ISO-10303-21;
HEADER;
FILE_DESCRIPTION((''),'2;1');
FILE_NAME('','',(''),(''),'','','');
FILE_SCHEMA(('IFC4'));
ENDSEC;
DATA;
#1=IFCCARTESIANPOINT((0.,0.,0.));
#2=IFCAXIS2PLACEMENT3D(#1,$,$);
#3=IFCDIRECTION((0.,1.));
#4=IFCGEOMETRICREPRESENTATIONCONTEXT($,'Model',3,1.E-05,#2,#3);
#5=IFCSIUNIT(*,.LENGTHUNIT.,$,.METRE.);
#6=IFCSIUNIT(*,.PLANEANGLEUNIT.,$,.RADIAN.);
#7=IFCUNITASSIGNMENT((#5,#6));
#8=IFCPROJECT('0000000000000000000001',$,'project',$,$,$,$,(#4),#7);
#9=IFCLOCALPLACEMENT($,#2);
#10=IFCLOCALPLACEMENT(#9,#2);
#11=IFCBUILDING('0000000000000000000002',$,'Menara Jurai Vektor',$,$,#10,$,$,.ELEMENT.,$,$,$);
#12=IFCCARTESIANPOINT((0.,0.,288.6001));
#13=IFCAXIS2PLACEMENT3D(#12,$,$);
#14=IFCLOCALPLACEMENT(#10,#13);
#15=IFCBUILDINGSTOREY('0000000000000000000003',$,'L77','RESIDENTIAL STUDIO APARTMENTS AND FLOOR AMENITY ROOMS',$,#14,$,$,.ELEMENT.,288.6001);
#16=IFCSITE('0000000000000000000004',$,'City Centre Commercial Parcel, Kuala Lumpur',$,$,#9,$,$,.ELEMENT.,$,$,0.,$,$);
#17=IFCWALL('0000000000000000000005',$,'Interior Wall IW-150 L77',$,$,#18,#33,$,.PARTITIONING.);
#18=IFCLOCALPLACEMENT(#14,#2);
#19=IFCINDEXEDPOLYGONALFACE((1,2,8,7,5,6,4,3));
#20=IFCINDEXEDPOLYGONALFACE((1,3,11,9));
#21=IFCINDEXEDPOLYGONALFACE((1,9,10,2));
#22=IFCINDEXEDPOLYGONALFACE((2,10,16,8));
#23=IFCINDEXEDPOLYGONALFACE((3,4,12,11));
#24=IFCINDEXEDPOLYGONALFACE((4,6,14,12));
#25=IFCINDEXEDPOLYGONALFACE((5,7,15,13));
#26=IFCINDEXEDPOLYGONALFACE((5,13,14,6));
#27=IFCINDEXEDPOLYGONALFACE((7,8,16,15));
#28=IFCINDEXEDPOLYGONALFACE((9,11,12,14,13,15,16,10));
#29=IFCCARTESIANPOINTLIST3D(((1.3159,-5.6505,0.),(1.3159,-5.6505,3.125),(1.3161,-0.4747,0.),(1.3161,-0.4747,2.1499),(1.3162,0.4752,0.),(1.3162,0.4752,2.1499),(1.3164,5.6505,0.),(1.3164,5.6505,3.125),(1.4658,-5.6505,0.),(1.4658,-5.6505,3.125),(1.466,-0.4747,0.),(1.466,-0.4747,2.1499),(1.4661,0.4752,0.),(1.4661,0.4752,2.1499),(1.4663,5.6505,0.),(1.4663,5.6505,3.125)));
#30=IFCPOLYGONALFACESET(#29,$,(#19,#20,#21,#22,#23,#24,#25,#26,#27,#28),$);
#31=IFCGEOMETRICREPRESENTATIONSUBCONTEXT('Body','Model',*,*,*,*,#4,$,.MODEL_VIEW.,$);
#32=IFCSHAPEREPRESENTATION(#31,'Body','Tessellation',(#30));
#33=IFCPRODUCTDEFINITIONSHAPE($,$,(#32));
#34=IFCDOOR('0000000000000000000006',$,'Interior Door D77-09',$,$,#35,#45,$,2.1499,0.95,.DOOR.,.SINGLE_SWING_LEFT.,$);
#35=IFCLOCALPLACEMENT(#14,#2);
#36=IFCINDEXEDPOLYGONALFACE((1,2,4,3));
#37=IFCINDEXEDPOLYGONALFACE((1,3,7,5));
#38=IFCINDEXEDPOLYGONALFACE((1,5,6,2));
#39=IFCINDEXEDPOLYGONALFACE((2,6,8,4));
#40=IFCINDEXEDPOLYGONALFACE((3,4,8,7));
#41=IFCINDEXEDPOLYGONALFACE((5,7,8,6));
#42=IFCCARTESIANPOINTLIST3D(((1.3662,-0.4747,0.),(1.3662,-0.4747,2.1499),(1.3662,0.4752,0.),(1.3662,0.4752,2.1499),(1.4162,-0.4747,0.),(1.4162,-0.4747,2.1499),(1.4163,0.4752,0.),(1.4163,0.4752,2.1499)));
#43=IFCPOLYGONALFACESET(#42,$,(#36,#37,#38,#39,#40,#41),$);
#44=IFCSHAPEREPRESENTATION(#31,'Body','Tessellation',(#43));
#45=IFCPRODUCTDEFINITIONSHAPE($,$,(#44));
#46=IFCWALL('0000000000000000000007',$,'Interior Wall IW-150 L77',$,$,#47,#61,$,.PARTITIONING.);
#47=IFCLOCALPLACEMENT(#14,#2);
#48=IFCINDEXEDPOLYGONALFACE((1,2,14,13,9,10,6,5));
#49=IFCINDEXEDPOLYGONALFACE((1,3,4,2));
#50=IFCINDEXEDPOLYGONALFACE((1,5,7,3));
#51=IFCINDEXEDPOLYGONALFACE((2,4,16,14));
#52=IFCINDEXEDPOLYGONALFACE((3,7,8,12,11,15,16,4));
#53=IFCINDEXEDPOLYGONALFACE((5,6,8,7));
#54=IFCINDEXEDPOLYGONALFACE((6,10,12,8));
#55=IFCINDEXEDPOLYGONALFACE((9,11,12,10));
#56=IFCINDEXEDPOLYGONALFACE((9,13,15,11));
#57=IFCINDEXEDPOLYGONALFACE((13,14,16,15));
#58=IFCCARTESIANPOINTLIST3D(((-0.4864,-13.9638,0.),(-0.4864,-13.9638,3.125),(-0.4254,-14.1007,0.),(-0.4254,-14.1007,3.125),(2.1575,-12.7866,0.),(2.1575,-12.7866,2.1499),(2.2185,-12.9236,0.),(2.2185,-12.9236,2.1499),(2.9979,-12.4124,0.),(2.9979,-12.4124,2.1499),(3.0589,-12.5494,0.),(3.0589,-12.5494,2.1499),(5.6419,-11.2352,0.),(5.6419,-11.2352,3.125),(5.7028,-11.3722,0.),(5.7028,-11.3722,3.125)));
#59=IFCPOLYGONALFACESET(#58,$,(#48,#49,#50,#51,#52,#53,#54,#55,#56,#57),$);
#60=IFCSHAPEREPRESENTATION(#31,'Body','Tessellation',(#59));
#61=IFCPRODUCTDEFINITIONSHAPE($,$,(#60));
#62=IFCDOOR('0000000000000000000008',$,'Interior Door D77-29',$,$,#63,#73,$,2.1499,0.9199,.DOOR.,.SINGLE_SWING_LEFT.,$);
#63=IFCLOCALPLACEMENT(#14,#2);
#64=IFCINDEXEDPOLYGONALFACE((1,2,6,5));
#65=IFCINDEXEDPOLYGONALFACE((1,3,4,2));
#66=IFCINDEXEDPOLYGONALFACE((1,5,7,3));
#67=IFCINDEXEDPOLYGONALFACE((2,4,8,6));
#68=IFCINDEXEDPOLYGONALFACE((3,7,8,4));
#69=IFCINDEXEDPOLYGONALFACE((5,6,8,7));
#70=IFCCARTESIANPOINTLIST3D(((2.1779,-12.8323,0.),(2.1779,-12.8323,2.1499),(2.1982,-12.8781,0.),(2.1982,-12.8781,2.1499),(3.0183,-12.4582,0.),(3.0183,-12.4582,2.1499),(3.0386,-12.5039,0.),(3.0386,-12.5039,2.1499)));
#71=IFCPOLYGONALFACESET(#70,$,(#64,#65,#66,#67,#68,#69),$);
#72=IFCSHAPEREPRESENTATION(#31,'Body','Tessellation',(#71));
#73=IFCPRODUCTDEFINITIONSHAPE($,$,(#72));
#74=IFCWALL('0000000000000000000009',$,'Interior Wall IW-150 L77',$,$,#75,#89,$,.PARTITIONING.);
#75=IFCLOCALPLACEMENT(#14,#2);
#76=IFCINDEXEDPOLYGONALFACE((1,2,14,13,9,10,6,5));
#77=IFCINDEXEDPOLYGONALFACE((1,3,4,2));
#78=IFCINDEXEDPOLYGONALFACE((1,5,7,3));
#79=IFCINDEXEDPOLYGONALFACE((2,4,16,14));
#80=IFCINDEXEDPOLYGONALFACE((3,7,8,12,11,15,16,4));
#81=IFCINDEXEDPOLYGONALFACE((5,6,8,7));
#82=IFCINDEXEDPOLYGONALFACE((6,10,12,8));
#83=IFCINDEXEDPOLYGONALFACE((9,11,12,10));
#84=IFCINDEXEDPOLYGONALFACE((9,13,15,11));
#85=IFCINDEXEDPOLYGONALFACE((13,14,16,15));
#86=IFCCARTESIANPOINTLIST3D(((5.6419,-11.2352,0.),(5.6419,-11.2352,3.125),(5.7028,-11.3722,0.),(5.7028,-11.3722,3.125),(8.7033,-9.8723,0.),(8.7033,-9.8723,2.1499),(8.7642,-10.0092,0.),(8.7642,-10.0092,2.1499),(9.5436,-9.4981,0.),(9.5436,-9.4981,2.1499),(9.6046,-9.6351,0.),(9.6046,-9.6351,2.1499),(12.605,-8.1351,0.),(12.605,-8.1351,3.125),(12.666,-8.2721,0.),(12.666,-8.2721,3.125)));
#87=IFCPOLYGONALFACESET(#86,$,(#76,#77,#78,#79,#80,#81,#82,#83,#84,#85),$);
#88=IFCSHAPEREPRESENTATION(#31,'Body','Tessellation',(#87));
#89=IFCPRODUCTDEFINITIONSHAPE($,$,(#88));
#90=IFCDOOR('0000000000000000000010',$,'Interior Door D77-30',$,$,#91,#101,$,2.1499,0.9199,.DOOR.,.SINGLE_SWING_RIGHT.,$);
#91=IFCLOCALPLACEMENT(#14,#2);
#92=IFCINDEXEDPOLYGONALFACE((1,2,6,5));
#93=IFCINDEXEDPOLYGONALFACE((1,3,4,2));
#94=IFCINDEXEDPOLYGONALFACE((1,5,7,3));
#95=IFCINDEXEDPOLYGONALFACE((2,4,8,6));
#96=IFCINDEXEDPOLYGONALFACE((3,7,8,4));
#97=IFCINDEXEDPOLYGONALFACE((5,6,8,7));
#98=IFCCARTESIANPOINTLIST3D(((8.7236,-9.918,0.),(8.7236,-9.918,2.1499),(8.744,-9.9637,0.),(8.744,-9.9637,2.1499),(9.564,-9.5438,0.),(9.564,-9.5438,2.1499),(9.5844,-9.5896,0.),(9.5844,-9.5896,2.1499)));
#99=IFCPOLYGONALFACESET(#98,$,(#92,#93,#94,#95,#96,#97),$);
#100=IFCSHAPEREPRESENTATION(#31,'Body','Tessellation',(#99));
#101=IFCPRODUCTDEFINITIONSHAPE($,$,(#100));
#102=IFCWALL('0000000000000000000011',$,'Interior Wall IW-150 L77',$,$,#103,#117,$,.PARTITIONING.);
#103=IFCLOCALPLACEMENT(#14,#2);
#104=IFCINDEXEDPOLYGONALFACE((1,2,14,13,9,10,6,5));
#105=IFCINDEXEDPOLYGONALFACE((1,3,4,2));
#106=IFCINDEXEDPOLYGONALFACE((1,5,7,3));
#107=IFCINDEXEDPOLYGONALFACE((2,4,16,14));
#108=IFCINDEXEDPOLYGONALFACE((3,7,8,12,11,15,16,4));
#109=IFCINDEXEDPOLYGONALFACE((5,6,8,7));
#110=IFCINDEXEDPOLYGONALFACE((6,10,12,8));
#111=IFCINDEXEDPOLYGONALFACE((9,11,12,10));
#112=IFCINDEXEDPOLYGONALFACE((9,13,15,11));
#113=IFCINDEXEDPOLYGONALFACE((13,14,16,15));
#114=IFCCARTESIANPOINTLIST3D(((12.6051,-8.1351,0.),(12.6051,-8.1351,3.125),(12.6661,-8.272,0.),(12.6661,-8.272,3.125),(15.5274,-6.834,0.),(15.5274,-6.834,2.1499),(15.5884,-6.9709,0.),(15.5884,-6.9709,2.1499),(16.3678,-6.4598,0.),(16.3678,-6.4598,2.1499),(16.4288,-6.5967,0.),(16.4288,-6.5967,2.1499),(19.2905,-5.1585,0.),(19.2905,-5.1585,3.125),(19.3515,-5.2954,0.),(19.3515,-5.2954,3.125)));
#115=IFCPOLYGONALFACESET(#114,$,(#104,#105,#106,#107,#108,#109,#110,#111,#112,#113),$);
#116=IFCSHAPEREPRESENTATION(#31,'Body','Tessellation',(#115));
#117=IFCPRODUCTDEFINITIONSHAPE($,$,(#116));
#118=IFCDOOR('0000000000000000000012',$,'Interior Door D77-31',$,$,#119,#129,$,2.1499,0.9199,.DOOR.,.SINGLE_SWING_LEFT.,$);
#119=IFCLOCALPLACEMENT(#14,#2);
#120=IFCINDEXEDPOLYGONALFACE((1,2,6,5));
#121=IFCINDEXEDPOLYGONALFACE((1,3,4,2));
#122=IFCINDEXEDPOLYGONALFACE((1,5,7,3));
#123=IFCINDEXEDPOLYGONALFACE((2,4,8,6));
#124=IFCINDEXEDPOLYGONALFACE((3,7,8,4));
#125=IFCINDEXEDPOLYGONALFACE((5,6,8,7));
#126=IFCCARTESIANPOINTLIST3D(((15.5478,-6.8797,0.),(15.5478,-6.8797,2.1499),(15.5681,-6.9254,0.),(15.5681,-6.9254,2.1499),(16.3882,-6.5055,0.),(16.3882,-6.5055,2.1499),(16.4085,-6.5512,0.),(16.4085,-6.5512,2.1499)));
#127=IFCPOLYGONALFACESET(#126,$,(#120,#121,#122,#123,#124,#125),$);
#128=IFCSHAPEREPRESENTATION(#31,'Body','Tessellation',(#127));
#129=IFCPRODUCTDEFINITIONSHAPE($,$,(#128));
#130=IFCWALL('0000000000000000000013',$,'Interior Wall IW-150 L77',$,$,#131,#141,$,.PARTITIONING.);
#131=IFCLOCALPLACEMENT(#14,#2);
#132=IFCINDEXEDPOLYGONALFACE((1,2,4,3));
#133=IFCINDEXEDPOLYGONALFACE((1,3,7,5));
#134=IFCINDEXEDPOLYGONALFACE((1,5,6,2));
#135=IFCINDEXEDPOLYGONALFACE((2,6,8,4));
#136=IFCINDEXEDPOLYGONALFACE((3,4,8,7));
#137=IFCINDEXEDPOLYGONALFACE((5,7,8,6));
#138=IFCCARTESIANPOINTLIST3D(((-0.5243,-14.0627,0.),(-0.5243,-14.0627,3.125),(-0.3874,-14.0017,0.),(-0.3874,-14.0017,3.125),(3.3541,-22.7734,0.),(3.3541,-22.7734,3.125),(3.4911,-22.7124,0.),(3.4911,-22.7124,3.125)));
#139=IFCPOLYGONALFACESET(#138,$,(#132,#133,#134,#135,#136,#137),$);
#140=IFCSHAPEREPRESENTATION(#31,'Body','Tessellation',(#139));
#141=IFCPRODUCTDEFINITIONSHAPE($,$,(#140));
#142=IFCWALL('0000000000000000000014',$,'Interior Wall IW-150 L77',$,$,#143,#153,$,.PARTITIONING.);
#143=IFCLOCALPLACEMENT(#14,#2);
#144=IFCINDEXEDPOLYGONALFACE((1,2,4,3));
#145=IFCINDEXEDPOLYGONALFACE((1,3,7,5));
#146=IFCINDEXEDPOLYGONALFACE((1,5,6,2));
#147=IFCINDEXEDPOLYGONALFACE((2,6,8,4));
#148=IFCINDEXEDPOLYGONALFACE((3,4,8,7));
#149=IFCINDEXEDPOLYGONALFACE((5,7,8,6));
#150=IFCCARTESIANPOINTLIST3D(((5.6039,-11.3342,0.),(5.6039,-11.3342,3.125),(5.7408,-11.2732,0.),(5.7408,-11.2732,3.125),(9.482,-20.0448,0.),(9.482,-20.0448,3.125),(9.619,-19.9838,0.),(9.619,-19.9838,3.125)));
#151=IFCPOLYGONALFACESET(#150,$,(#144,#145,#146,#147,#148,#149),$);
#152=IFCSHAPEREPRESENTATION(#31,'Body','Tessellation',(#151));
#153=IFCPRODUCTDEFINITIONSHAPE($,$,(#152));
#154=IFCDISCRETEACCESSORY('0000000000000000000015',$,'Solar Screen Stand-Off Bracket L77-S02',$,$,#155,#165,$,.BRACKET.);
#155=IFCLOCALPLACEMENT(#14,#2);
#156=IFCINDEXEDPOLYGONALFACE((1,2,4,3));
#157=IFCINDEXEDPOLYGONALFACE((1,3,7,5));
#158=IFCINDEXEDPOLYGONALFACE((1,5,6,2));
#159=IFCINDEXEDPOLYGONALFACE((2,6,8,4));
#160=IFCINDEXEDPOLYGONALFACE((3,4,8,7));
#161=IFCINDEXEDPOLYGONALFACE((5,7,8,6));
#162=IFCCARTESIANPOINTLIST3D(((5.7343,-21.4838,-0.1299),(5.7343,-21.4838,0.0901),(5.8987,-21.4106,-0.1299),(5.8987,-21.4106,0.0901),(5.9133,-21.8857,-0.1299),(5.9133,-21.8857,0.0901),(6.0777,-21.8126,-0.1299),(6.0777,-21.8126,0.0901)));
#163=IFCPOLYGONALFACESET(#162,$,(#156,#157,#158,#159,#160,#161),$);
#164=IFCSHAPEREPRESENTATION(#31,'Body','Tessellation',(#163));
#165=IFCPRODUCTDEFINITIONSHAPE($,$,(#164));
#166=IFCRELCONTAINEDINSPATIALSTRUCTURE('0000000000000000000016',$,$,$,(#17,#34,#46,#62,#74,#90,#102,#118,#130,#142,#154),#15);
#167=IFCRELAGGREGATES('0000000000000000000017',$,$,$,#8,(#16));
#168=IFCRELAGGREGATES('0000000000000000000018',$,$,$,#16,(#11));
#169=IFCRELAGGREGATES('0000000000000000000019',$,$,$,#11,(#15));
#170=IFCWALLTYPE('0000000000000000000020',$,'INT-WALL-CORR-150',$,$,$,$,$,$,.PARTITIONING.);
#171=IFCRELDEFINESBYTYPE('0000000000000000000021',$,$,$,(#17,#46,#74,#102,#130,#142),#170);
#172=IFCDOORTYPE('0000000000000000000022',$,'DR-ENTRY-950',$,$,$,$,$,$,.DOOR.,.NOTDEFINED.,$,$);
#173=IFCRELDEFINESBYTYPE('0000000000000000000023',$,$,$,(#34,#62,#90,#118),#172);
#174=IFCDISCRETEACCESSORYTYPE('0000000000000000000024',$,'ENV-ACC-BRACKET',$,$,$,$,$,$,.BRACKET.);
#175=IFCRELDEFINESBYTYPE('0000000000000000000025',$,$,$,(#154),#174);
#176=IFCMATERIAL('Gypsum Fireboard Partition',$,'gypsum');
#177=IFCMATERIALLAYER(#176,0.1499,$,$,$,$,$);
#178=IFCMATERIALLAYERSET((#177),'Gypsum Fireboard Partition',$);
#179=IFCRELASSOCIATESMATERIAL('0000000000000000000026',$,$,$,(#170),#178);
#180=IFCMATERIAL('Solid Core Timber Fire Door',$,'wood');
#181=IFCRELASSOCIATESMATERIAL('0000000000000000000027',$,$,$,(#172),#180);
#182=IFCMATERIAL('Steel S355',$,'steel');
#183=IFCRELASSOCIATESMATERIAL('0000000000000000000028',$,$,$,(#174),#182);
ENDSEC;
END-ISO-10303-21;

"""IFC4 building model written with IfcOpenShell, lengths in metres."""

from ifc_helpers import new_model, si_unit, direction, frame, frame_2d, origin, origin_2d, place, context, subcontext, project, spatial, rectangle, extrude, material, layer, layer_set, type_object, element, fill, save


model = new_model("IFC4")

# Units and contexts
model_context = context("Model", 3, precision=1e-05, world=origin(), true_north=direction((0.0, 1.0)))
body_context = subcontext(model_context, "Body", "Model", "MODEL_VIEW")
ifc_project = project(units=[si_unit("LENGTHUNIT", "METRE"), si_unit("PLANEANGLEUNIT", "RADIAN")], contexts=[model_context])

# Site, building, storey
site_placement = place(None, origin())
site = spatial("IfcSite", under=ifc_project, at=site_placement, Name="City Centre Commercial Parcel, Kuala Lumpur", CompositionType="ELEMENT", RefElevation=0.0)
building_placement = place(site_placement, origin())
building = spatial("IfcBuilding", under=site, at=building_placement, Name="Menara Jurai Vektor", CompositionType="ELEMENT")
storey_placement = place(building_placement, frame((0.0, 0.0, 288.6001)))
storey = spatial("IfcBuildingStorey", under=building, at=storey_placement, Name="L77", Description="RESIDENTIAL STUDIO APARTMENTS AND FLOOR AMENITY ROOMS", CompositionType="ELEMENT", Elevation=288.6001)

# Shared definitions
ifc_material_1 = material(Name="Steel S355", Category="steel")

# Walls, openings, doors
ifc_material_2 = material(Name="Gypsum Fireboard Partition", Category="gypsum")
ifc_layer_1 = layer(ifc_material_2, 0.1499)
ifc_layer_set_1 = layer_set([ifc_layer_1], Name="Gypsum Fireboard Partition")
wall_type = type_object("IfcWallType", Name="INT-WALL-CORR-150", PredefinedType="PARTITIONING", material=ifc_layer_set_1)
wall_1_placement = place(storey_placement, frame((1.3909, -5.6504, 0.0), z_axis=(0.0, 0.0, 1.0), x_axis=(0.000043, 1.0, 0.0)))
wall_1 = element("IfcWall", 1, at=wall_1_placement, inside=storey, type_object=wall_type, Name="Interior Wall IW-150 L77", PredefinedType="PARTITIONING", context=body_context, shape_type="SweptSolid", body=[
    extrude(rectangle(XDim=11.301, YDim=0.1499, at=frame_2d((5.6504, 0.0))), origin(), (0.0, 0.0, 1.0), 3.125),
])
opening_1_placement = place(wall_1_placement, frame((5.1755, 0.0, 0.0)))
opening_1 = element("IfcOpeningElement", 2, at=opening_1_placement, cuts=wall_1, PredefinedType="OPENING", context=body_context, shape_type="SweptSolid", body=[
    extrude(rectangle(XDim=0.95, YDim=2.1499, at=frame_2d((0.4751, 1.075))), frame((0.0, 0.085, 0.0), z_axis=(0.0, -1.0, 0.0), x_axis=(1.0, 0.0, 0.0)), (0.0, 0.0, 1.0), 0.1699),
])
ifc_material_3 = material(Name="Solid Core Timber Fire Door", Category="wood")
door_type = type_object("IfcDoorType", Name="DR-ENTRY-950", OperationType="NOTDEFINED", PredefinedType="DOOR", material=ifc_material_3)
door_1_placement = place(opening_1_placement, origin())
door_1 = element("IfcDoor", 3, at=door_1_placement, inside=storey, type_object=door_type, Name="Interior Door D77-09", OperationType="SINGLE_SWING_LEFT", OverallHeight=2.1499, OverallWidth=0.95, PredefinedType="DOOR", context=body_context, shape_type="SweptSolid", body=[
    extrude(rectangle(XDim=0.95, YDim=2.1499, at=frame_2d((0.4751, 1.075))), frame((0.0, 0.0249, 0.0), z_axis=(0.0, -1.0, 0.0), x_axis=(1.0, 0.0, 0.0)), (0.0, 0.0, 1.0), 0.05),
])
fill(opening_1, door_1)
wall_2_placement = place(storey_placement, frame((-0.4558, -14.0322, 0.0), z_axis=(0.0, 0.0, 1.0), x_axis=(0.913541, 0.406746, 0.0)))
wall_2 = element("IfcWall", 4, at=wall_2_placement, inside=storey, type_object=wall_type, Name="Interior Wall IW-150 L77", PredefinedType="PARTITIONING", context=body_context, shape_type="SweptSolid", body=[
    extrude(rectangle(XDim=6.7083, YDim=0.1499, at=frame_2d((3.354, 0.0))), origin(), (0.0, 0.0, 1.0), 3.125),
])
opening_2_placement = place(wall_2_placement, frame((2.894, 0.0, 0.0)))
opening_2 = element("IfcOpeningElement", 5, at=opening_2_placement, cuts=wall_2, PredefinedType="OPENING", context=body_context, shape_type="SweptSolid", body=[
    extrude(rectangle(XDim=0.9199, YDim=2.1499, at=frame_2d((0.46, 1.075))), frame((0.0, 0.085, 0.0), z_axis=(0.0, -1.0, 0.0), x_axis=(1.0, 0.0, 0.0)), (0.0, 0.0, 1.0), 0.1699),
])
door_2_placement = place(opening_2_placement, origin())
door_2 = element("IfcDoor", 6, at=door_2_placement, inside=storey, type_object=door_type, Name="Interior Door D77-29", OperationType="SINGLE_SWING_LEFT", OverallHeight=2.1499, OverallWidth=0.9199, PredefinedType="DOOR", context=body_context, shape_type="SweptSolid", body=[
    extrude(rectangle(XDim=0.9199, YDim=2.1499, at=frame_2d((0.46, 1.075))), frame((0.0, 0.0249, 0.0), z_axis=(0.0, -1.0, 0.0), x_axis=(1.0, 0.0, 0.0)), (0.0, 0.0, 1.0), 0.05),
])
fill(opening_2, door_2)
wall_3_placement = place(storey_placement, frame((5.6724, -11.3037, 0.0), z_axis=(0.0, 0.0, 1.0), x_axis=(0.91355, 0.406727, 0.0)))
wall_3 = element("IfcWall", 7, at=wall_3_placement, inside=storey, type_object=wall_type, Name="Interior Wall IW-150 L77", PredefinedType="PARTITIONING", context=body_context, shape_type="SweptSolid", body=[
    extrude(rectangle(XDim=7.6221, YDim=0.1499, at=frame_2d((3.811, 0.0))), origin(), (0.0, 0.0, 1.0), 3.125),
])
opening_3_placement = place(wall_3_placement, frame((3.3511, 0.0, 0.0)))
opening_3 = element("IfcOpeningElement", 8, at=opening_3_placement, cuts=wall_3, PredefinedType="OPENING", context=body_context, shape_type="SweptSolid", body=[
    extrude(rectangle(XDim=0.9199, YDim=2.1499, at=frame_2d((0.46, 1.075))), frame((0.0, 0.085, 0.0), z_axis=(0.0, -1.0, 0.0), x_axis=(1.0, 0.0, 0.0)), (0.0, 0.0, 1.0), 0.1699),
])
door_3_placement = place(opening_3_placement, origin())
door_3 = element("IfcDoor", 9, at=door_3_placement, inside=storey, type_object=door_type, Name="Interior Door D77-30", OperationType="SINGLE_SWING_RIGHT", OverallHeight=2.1499, OverallWidth=0.9199, PredefinedType="DOOR", context=body_context, shape_type="SweptSolid", body=[
    extrude(rectangle(XDim=0.9199, YDim=2.1499, at=frame_2d((0.46, 1.075))), frame((0.0, 0.0249, 0.0), z_axis=(0.0, -1.0, 0.0), x_axis=(1.0, 0.0, 0.0)), (0.0, 0.0, 1.0), 0.05),
])
fill(opening_3, door_3)
wall_4_placement = place(storey_placement, frame((12.6355, -8.2036, 0.0), z_axis=(0.0, 0.0, 1.0), x_axis=(0.913542, 0.406745, 0.0)))
wall_4 = element("IfcWall", 10, at=wall_4_placement, inside=storey, type_object=wall_type, Name="Interior Wall IW-150 L77", PredefinedType="PARTITIONING", context=body_context, shape_type="SweptSolid", body=[
    extrude(rectangle(XDim=7.3181, YDim=0.1499, at=frame_2d((3.6592, 0.0))), origin(), (0.0, 0.0, 1.0), 3.125),
])
opening_4_placement = place(wall_4_placement, frame((3.199, 0.0, 0.0)))
opening_4 = element("IfcOpeningElement", 11, at=opening_4_placement, cuts=wall_4, PredefinedType="OPENING", context=body_context, shape_type="SweptSolid", body=[
    extrude(rectangle(XDim=0.9199, YDim=2.1499, at=frame_2d((0.46, 1.075))), frame((0.0, 0.085, 0.0), z_axis=(0.0, -1.0, 0.0), x_axis=(1.0, 0.0, 0.0)), (0.0, 0.0, 1.0), 0.1699),
])
door_4_placement = place(opening_4_placement, origin())
door_4 = element("IfcDoor", 12, at=door_4_placement, inside=storey, type_object=door_type, Name="Interior Door D77-31", OperationType="SINGLE_SWING_LEFT", OverallHeight=2.1499, OverallWidth=0.9199, PredefinedType="DOOR", context=body_context, shape_type="SweptSolid", body=[
    extrude(rectangle(XDim=0.9199, YDim=2.1499, at=frame_2d((0.46, 1.075))), frame((0.0, 0.0249, 0.0), z_axis=(0.0, -1.0, 0.0), x_axis=(1.0, 0.0, 0.0)), (0.0, 0.0, 1.0), 0.05),
])
fill(opening_4, door_4)

# Walls
wall_5_placement = place(storey_placement, frame((3.4226, -22.7429, 0.0), z_axis=(0.0, 0.0, 1.0), x_axis=(-0.406751, 0.913539, 0.0)))
element("IfcWall", 13, at=wall_5_placement, inside=storey, type_object=wall_type, Name="Interior Wall IW-150 L77", PredefinedType="PARTITIONING", context=body_context, shape_type="SweptSolid", body=[
    extrude(rectangle(XDim=9.5352, YDim=0.1499, at=frame_2d((4.7676, 0.0))), origin(), (0.0, 0.0, 1.0), 3.125),
])
wall_6_placement = place(storey_placement, frame((9.5505, -20.0144, 0.0), z_axis=(0.0, 0.0, 1.0), x_axis=(-0.40673, 0.913548, 0.0)))
element("IfcWall", 14, at=wall_6_placement, inside=storey, type_object=wall_type, Name="Interior Wall IW-150 L77", PredefinedType="PARTITIONING", context=body_context, shape_type="SweptSolid", body=[
    extrude(rectangle(XDim=9.5349, YDim=0.1499, at=frame_2d((4.7676, 0.0))), origin(), (0.0, 0.0, 1.0), 3.125),
])

# Discrete accessory
discrete_accessory_type = type_object("IfcDiscreteAccessoryType", Name="ENV-ACC-BRACKET", PredefinedType="BRACKET", material=ifc_material_1)
discrete_accessory_placement = place(storey_placement, frame((5.906, -21.6482, -0.1299), z_axis=(0.0, 0.0, 1.0), x_axis=(0.913545, 0.406737, 0.0)))
element("IfcDiscreteAccessory", 15, at=discrete_accessory_placement, inside=storey, type_object=discrete_accessory_type, Name="Solar Screen Stand-Off Bracket L77-S02", PredefinedType="BRACKET", context=body_context, shape_type="SweptSolid", body=[
    extrude(rectangle(XDim=0.1799, YDim=0.4399, at=origin_2d()), origin(), (0.0, 0.0, 1.0), 0.22),
])

save(model, "model.ifc")
